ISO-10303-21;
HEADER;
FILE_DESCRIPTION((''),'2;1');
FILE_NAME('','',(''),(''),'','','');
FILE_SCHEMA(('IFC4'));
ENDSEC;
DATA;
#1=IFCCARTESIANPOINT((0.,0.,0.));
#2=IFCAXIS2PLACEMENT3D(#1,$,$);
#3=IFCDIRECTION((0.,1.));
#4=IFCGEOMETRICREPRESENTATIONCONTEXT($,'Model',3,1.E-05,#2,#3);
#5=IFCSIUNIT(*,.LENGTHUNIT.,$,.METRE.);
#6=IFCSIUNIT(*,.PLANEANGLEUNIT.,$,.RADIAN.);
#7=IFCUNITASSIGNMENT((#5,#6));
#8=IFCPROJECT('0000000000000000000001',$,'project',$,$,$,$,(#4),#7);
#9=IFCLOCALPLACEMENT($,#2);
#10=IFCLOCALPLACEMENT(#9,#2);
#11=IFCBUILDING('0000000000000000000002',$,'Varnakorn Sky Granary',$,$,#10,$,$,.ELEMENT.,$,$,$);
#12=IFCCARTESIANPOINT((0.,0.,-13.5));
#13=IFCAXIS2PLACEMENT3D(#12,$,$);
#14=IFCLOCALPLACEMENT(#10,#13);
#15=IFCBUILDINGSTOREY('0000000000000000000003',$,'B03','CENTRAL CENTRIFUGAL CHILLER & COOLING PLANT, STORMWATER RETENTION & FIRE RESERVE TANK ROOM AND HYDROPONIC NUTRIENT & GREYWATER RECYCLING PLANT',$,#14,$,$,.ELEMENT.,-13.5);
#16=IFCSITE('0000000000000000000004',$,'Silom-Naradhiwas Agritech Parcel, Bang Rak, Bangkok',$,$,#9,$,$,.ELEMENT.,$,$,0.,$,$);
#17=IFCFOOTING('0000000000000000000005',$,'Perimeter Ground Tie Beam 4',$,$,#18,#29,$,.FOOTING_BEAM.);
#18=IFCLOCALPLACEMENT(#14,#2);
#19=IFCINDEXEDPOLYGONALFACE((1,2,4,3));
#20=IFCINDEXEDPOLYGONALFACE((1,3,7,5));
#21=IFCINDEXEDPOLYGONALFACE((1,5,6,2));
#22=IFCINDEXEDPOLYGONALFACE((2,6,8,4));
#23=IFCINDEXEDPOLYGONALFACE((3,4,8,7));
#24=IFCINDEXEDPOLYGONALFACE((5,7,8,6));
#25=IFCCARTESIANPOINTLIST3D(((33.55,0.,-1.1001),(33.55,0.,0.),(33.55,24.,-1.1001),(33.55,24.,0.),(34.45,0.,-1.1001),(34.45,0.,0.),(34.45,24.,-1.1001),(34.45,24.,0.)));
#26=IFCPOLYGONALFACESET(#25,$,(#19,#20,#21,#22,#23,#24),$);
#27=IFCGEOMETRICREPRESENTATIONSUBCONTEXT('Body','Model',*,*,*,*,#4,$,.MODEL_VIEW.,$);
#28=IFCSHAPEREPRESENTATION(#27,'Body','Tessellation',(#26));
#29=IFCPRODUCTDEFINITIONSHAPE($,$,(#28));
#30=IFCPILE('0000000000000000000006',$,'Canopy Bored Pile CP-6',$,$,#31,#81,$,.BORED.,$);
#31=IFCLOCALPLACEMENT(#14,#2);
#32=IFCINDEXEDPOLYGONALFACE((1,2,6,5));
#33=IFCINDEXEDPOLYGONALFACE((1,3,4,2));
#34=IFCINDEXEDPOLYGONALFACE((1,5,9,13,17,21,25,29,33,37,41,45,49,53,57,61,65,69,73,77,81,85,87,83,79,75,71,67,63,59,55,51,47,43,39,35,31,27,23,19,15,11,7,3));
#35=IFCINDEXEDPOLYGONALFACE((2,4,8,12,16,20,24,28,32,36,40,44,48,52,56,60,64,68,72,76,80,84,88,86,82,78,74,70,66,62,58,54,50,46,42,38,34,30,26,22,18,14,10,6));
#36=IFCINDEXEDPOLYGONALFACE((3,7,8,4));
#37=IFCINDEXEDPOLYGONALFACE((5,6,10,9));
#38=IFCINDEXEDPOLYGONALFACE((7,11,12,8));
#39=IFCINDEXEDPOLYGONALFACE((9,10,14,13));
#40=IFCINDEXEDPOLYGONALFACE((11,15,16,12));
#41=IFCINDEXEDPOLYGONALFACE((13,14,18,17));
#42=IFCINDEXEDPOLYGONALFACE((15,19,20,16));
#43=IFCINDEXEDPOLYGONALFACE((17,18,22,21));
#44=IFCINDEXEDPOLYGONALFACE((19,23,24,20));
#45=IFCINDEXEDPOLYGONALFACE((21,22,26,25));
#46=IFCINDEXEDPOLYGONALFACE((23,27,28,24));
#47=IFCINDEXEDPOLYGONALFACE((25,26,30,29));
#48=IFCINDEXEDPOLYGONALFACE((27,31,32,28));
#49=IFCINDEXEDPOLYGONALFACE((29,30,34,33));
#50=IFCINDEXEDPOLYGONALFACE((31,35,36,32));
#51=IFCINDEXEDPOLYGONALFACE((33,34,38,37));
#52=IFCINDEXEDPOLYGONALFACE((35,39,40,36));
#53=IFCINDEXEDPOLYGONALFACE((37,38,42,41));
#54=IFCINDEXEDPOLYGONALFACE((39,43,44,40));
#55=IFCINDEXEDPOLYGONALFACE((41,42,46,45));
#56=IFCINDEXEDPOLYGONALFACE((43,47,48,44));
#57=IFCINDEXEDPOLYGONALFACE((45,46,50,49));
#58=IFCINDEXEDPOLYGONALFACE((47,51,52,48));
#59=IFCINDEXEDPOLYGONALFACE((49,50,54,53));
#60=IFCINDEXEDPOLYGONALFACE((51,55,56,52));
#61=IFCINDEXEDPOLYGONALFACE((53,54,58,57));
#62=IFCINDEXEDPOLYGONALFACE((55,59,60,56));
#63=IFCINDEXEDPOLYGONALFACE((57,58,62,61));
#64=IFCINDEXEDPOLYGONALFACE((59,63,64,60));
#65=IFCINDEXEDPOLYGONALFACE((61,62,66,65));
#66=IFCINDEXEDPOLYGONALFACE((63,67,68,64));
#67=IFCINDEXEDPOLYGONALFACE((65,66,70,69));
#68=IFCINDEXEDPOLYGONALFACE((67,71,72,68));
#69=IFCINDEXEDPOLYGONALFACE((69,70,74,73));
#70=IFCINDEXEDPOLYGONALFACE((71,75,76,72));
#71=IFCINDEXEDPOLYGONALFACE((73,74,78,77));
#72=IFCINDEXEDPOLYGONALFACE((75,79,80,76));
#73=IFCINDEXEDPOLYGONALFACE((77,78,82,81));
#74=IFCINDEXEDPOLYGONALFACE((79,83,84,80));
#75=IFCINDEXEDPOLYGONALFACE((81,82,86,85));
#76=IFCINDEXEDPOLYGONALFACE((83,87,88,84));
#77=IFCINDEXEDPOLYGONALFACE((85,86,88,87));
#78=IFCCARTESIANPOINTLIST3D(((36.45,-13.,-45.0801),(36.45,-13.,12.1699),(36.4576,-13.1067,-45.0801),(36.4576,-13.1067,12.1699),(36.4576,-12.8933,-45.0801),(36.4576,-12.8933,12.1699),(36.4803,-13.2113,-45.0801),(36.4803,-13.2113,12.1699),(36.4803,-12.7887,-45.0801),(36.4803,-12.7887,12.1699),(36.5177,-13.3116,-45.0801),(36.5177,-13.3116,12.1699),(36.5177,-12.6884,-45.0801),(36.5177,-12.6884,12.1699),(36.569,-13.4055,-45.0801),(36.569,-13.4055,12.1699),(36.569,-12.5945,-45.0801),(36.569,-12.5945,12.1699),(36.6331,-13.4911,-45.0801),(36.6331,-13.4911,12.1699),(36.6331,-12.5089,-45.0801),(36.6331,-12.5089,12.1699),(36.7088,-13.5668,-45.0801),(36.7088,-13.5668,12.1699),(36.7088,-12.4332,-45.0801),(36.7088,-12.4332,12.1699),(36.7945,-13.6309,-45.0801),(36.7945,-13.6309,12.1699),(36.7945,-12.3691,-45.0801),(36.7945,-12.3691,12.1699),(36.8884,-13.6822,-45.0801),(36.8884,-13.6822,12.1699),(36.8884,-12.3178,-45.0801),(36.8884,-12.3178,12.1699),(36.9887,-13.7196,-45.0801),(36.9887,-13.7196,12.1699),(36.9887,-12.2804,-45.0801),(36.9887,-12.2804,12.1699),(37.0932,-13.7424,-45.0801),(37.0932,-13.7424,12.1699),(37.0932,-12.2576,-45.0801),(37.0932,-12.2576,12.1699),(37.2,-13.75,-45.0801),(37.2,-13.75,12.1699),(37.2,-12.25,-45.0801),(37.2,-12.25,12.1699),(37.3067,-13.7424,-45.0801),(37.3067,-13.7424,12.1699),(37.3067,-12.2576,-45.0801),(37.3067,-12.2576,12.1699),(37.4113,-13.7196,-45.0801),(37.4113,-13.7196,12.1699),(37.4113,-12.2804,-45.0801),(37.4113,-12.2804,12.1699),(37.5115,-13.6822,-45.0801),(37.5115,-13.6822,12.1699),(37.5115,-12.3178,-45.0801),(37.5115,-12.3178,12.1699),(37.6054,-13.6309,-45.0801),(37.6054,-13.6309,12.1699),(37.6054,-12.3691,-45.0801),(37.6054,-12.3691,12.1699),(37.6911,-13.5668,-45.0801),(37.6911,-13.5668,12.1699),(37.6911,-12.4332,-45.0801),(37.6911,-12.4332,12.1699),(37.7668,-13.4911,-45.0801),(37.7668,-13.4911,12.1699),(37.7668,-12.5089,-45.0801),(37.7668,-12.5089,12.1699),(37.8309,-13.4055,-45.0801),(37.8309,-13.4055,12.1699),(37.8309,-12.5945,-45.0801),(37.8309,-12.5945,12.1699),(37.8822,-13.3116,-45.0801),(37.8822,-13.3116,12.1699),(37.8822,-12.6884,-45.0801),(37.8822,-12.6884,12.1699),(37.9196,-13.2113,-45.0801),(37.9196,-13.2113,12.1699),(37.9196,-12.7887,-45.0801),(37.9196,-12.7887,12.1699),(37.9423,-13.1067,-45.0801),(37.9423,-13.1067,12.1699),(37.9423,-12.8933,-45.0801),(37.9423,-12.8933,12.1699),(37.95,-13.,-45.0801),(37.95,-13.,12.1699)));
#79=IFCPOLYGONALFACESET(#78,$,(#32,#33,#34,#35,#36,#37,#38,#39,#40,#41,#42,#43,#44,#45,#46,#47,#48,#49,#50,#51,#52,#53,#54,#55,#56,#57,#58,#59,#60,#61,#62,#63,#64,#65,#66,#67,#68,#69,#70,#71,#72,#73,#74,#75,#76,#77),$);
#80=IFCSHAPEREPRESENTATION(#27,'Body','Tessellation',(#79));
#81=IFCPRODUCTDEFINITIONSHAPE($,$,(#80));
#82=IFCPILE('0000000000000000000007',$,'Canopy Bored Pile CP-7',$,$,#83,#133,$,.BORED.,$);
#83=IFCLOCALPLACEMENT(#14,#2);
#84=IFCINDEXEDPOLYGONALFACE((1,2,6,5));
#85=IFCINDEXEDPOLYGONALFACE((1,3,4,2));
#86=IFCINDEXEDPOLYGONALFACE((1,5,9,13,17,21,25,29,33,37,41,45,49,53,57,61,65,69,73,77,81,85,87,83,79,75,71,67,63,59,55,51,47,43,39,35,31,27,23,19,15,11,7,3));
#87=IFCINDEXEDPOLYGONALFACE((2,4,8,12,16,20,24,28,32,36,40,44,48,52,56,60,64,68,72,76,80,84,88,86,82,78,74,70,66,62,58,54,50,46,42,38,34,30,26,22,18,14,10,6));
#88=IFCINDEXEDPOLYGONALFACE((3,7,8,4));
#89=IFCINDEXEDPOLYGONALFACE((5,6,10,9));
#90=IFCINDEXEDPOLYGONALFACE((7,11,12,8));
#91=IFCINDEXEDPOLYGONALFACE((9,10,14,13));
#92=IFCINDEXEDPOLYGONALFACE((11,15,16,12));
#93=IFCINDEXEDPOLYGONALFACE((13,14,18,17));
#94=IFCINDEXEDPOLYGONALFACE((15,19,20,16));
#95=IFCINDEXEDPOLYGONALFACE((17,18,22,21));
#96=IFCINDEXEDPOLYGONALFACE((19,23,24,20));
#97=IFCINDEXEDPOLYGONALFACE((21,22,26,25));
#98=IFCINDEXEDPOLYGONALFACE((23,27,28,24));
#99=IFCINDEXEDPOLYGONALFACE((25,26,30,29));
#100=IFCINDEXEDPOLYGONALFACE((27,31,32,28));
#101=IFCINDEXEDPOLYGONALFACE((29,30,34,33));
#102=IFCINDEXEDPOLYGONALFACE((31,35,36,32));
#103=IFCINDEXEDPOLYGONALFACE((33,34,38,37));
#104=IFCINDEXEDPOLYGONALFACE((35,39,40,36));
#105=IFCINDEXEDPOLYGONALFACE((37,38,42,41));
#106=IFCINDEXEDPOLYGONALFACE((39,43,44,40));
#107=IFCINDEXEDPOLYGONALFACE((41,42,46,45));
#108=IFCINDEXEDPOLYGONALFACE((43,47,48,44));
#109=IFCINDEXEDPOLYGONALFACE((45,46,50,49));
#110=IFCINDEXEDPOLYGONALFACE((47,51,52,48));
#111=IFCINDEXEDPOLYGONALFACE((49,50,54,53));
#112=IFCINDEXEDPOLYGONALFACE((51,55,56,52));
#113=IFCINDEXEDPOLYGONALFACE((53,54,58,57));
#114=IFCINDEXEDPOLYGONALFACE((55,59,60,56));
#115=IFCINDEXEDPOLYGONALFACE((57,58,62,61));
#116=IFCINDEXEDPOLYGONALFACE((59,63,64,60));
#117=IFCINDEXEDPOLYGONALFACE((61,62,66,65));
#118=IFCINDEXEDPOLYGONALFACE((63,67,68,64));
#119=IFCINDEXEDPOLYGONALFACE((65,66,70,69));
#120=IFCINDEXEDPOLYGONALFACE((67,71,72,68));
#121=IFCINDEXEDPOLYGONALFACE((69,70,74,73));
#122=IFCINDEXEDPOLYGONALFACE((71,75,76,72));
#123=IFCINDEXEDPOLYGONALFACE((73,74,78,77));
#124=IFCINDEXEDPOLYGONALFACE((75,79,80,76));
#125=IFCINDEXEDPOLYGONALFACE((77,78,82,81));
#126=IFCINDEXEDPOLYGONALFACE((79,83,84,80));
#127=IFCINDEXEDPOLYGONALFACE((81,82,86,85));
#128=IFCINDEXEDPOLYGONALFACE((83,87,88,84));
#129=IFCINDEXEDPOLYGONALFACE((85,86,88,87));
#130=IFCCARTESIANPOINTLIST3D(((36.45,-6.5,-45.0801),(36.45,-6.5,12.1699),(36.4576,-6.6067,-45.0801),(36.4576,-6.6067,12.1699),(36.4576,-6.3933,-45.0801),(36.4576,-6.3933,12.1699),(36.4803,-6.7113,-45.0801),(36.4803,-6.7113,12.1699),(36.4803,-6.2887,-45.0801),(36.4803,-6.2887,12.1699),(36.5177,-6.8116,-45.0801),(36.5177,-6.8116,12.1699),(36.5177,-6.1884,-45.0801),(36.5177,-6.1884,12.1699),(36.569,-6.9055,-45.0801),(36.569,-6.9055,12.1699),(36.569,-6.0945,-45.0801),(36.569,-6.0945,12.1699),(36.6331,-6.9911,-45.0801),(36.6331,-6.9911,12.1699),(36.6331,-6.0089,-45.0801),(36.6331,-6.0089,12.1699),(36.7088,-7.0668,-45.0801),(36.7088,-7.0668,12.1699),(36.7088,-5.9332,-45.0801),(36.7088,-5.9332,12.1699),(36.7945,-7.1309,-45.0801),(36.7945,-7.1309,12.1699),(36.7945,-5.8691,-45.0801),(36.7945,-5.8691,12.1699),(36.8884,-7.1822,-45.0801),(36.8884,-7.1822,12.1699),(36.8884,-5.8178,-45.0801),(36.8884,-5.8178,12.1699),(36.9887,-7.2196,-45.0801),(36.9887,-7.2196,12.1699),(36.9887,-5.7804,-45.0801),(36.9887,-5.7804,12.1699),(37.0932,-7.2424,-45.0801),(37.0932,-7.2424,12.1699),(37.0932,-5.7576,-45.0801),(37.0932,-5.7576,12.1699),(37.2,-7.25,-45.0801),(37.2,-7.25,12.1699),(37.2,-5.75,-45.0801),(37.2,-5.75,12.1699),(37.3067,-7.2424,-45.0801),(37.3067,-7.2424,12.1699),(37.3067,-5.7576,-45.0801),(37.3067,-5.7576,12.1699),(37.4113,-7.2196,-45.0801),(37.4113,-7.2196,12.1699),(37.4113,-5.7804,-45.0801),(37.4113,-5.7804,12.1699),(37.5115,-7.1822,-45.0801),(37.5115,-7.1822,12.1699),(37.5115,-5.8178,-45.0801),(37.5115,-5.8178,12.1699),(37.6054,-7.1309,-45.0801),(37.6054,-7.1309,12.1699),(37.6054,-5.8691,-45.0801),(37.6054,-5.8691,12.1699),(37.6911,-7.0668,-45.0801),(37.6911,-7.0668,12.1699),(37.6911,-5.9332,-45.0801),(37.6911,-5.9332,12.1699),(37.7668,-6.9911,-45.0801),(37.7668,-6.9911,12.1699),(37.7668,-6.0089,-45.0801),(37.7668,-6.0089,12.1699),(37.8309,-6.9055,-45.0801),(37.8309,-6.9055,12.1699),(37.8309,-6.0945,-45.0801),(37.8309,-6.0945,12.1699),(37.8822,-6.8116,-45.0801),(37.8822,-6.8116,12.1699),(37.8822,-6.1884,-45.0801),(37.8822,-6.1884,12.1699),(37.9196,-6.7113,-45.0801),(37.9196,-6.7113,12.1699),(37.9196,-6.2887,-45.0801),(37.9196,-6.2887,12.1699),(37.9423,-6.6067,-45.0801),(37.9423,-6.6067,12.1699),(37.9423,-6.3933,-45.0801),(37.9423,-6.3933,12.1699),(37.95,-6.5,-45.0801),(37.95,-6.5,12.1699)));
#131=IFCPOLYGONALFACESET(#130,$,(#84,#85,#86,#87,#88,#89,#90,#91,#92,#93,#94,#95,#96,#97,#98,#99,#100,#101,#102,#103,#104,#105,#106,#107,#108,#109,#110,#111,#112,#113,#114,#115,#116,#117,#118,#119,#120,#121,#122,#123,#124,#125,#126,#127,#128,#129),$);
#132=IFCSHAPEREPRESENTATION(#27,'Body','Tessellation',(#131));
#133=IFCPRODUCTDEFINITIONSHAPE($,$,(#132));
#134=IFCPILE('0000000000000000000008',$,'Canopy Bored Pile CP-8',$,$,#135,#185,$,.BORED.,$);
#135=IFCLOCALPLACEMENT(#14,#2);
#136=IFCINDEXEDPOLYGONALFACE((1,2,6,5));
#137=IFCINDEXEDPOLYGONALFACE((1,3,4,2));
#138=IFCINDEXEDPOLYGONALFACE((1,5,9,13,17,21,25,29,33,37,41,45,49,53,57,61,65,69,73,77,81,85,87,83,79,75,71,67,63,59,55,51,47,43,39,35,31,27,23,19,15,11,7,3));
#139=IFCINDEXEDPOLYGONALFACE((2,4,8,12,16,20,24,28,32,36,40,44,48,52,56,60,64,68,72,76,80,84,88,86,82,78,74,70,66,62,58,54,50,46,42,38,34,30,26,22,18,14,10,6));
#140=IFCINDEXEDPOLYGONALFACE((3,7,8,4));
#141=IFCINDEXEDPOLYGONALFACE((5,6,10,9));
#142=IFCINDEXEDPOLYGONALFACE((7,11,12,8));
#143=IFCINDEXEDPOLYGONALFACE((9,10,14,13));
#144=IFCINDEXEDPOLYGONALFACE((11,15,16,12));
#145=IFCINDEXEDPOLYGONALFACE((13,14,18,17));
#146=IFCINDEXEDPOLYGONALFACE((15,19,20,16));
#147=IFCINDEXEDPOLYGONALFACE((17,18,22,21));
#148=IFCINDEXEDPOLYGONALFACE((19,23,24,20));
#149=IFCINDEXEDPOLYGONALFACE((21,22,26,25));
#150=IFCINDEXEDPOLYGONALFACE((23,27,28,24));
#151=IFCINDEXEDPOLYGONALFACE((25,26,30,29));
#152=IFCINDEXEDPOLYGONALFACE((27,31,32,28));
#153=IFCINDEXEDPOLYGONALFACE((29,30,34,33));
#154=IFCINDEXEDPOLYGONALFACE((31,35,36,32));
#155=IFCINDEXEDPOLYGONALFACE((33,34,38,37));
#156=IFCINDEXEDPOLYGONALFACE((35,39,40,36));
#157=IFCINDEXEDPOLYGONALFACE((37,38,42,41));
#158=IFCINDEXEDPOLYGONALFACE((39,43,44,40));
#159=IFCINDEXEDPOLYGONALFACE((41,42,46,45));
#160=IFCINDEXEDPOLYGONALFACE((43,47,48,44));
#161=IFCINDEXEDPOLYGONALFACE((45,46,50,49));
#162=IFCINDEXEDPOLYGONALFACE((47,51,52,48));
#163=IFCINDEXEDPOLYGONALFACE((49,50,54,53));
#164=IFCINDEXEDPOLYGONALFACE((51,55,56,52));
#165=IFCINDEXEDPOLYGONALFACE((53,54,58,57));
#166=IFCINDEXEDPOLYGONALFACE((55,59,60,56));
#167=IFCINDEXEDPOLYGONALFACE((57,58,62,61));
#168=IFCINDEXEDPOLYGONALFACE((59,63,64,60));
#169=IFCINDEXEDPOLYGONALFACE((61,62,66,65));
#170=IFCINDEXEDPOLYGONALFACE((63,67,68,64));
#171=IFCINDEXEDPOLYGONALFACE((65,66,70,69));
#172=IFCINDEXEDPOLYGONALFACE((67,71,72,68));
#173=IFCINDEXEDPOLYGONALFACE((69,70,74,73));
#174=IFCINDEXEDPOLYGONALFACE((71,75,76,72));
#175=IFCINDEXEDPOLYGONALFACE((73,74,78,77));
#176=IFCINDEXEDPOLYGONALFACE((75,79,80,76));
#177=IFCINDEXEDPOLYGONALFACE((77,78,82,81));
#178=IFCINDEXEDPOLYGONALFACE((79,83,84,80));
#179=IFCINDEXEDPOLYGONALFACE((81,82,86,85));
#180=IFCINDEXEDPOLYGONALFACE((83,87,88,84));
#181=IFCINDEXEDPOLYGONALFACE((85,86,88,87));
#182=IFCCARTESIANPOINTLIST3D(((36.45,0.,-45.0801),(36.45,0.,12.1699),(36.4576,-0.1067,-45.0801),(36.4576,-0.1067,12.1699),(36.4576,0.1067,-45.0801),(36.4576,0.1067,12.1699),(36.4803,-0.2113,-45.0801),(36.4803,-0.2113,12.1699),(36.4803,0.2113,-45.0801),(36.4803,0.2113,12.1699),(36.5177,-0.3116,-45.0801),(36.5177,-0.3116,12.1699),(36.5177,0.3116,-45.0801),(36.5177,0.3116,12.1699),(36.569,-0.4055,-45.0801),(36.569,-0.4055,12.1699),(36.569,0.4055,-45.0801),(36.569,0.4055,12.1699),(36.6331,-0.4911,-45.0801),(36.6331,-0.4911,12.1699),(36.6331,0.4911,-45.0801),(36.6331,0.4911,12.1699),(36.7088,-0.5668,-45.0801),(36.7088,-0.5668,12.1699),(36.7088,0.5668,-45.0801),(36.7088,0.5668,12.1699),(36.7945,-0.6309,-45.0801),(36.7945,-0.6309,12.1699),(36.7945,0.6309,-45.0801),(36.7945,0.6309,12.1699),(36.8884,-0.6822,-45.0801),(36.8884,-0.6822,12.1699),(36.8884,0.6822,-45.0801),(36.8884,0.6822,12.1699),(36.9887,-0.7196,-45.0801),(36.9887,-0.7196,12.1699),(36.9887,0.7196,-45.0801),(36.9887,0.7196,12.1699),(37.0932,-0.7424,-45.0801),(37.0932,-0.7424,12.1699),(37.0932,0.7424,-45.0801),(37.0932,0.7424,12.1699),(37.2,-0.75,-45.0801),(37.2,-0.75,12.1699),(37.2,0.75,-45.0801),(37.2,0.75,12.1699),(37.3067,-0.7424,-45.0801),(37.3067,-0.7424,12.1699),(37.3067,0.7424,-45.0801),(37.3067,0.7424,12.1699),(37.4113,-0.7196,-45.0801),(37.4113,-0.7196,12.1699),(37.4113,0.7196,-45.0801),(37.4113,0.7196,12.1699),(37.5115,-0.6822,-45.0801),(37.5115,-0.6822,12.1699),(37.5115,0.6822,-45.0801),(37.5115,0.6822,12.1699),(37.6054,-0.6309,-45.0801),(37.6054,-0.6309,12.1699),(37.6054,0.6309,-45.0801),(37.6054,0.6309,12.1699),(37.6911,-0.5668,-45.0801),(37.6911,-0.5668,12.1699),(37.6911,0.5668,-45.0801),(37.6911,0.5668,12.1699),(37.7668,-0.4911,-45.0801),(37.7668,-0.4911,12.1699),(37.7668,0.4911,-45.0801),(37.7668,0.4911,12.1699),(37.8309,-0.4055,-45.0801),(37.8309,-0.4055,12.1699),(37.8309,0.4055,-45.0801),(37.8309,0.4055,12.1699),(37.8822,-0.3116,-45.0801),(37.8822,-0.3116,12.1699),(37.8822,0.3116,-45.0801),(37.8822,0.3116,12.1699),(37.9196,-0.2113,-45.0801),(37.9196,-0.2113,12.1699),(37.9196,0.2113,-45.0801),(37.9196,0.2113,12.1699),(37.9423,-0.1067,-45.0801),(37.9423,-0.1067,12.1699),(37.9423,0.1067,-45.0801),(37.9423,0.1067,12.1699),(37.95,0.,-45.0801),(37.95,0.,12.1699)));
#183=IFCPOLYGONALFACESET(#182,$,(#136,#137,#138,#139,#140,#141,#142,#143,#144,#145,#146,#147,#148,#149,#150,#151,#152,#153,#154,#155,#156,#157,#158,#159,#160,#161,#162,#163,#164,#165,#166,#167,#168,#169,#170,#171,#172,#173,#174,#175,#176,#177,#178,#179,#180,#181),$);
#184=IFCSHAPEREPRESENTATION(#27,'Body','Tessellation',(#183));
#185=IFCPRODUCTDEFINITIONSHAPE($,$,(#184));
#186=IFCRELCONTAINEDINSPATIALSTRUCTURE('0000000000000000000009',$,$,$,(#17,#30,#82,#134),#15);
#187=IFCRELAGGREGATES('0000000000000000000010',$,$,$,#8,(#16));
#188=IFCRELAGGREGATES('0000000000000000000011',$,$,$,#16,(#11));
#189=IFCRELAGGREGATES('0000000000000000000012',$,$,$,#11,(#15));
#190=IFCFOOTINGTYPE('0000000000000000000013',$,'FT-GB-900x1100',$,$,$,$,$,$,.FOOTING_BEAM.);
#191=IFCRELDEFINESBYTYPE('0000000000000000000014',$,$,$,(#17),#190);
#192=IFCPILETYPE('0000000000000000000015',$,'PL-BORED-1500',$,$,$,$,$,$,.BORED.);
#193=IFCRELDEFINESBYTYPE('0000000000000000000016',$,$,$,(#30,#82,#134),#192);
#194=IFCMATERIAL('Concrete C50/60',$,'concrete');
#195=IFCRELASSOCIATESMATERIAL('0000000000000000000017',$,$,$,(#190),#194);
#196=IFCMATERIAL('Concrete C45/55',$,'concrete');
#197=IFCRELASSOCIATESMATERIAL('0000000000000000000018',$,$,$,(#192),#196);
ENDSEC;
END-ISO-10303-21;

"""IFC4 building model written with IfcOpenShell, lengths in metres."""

from ifc_helpers import new_model, si_unit, direction, frame, origin, origin_2d, place, context, subcontext, project, spatial, rectangle, circle, extrude, material, material_profile, profile_set, type_object, element, save


model = new_model("IFC4")

# Units and contexts
model_context = context("Model", 3, precision=1e-05, world=origin(), true_north=direction((0.0, 1.0)))
body_context = subcontext(model_context, "Body", "Model", "MODEL_VIEW")
ifc_project = project(units=[si_unit("LENGTHUNIT", "METRE"), si_unit("PLANEANGLEUNIT", "RADIAN")], contexts=[model_context])

# Site, building, storey
site_placement = place(None, origin())
site = spatial("IfcSite", under=ifc_project, at=site_placement, Name="Silom-Naradhiwas Agritech Parcel, Bang Rak, Bangkok", CompositionType="ELEMENT", RefElevation=0.0)
building_placement = place(site_placement, origin())
building = spatial("IfcBuilding", under=site, at=building_placement, Name="Varnakorn Sky Granary", CompositionType="ELEMENT")
storey_placement = place(building_placement, frame((0.0, 0.0, -13.5)))
storey = spatial("IfcBuildingStorey", under=building, at=storey_placement, Name="B03", Description="CENTRAL CENTRIFUGAL CHILLER & COOLING PLANT, STORMWATER RETENTION & FIRE RESERVE TANK ROOM AND HYDROPONIC NUTRIENT & GREYWATER RECYCLING PLANT", CompositionType="ELEMENT", Elevation=-13.5)

# Footing
ifc_material_1 = material(Name="Concrete C50/60", Category="concrete")
ifc_material_profile_1 = material_profile(ifc_material_1, rectangle(XDim=0.8999, YDim=1.1001, at=origin_2d()), Name="RC 900x1100")
ifc_profile_set_1 = profile_set([ifc_material_profile_1], Name="Concrete C50/60")
footing_type = type_object("IfcFootingType", Name="FT-GB-900x1100", PredefinedType="FOOTING_BEAM", material=ifc_profile_set_1)
footing_placement = place(storey_placement, frame((34.0, 0.0, -0.55), z_axis=(0.0, 1.0, 0.0), x_axis=(-1.0, 0.0, 0.0)))
element("IfcFooting", 1, at=footing_placement, inside=storey, type_object=footing_type, Name="Perimeter Ground Tie Beam 4", PredefinedType="FOOTING_BEAM", context=body_context, shape_type="SweptSolid", body=[
    extrude(rectangle(XDim=0.8999, YDim=1.1001, at=origin_2d()), origin(), (0.0, 0.0, 1.0), 24.0),
])

# Piles
ifc_material_2 = material(Name="Concrete C45/55", Category="concrete")
ifc_material_profile_2 = material_profile(ifc_material_2, circle(Radius=0.75, at=origin_2d()), Name="PILE D1500")
ifc_profile_set_2 = profile_set([ifc_material_profile_2], Name="Concrete C45/55")
pile_type_1 = type_object("IfcPileType", Name="PL-BORED-1500", PredefinedType="BORED", material=ifc_profile_set_2)
for number, where, z_axis, x_axis, name in (
    (2, (37.2, -13.0, 12.1699), (0.0, 0.0, -1.0), (1.0, 0.0, 0.0), "Canopy Bored Pile CP-6"),
    (3, (37.2, -6.5, 12.1699), (0.0, 0.0, -1.0), (1.0, 0.0, 0.0), "Canopy Bored Pile CP-7"),
    (4, (37.2, 0.0, 12.1699), (0.0, 0.0, -1.0), (1.0, 0.0, 0.0), "Canopy Bored Pile CP-8"),
):
    element("IfcPile", number, at=place(storey_placement, frame(where, z_axis=z_axis, x_axis=x_axis)), inside=storey, type_object=pile_type_1, Name=name, PredefinedType="BORED", context=body_context, shape_type="SweptSolid", body=[
        extrude(circle(Radius=0.75, at=origin_2d()), origin(), (0.0, 0.0, 1.0), 57.25),
    ])

save(model, "model.ifc")
